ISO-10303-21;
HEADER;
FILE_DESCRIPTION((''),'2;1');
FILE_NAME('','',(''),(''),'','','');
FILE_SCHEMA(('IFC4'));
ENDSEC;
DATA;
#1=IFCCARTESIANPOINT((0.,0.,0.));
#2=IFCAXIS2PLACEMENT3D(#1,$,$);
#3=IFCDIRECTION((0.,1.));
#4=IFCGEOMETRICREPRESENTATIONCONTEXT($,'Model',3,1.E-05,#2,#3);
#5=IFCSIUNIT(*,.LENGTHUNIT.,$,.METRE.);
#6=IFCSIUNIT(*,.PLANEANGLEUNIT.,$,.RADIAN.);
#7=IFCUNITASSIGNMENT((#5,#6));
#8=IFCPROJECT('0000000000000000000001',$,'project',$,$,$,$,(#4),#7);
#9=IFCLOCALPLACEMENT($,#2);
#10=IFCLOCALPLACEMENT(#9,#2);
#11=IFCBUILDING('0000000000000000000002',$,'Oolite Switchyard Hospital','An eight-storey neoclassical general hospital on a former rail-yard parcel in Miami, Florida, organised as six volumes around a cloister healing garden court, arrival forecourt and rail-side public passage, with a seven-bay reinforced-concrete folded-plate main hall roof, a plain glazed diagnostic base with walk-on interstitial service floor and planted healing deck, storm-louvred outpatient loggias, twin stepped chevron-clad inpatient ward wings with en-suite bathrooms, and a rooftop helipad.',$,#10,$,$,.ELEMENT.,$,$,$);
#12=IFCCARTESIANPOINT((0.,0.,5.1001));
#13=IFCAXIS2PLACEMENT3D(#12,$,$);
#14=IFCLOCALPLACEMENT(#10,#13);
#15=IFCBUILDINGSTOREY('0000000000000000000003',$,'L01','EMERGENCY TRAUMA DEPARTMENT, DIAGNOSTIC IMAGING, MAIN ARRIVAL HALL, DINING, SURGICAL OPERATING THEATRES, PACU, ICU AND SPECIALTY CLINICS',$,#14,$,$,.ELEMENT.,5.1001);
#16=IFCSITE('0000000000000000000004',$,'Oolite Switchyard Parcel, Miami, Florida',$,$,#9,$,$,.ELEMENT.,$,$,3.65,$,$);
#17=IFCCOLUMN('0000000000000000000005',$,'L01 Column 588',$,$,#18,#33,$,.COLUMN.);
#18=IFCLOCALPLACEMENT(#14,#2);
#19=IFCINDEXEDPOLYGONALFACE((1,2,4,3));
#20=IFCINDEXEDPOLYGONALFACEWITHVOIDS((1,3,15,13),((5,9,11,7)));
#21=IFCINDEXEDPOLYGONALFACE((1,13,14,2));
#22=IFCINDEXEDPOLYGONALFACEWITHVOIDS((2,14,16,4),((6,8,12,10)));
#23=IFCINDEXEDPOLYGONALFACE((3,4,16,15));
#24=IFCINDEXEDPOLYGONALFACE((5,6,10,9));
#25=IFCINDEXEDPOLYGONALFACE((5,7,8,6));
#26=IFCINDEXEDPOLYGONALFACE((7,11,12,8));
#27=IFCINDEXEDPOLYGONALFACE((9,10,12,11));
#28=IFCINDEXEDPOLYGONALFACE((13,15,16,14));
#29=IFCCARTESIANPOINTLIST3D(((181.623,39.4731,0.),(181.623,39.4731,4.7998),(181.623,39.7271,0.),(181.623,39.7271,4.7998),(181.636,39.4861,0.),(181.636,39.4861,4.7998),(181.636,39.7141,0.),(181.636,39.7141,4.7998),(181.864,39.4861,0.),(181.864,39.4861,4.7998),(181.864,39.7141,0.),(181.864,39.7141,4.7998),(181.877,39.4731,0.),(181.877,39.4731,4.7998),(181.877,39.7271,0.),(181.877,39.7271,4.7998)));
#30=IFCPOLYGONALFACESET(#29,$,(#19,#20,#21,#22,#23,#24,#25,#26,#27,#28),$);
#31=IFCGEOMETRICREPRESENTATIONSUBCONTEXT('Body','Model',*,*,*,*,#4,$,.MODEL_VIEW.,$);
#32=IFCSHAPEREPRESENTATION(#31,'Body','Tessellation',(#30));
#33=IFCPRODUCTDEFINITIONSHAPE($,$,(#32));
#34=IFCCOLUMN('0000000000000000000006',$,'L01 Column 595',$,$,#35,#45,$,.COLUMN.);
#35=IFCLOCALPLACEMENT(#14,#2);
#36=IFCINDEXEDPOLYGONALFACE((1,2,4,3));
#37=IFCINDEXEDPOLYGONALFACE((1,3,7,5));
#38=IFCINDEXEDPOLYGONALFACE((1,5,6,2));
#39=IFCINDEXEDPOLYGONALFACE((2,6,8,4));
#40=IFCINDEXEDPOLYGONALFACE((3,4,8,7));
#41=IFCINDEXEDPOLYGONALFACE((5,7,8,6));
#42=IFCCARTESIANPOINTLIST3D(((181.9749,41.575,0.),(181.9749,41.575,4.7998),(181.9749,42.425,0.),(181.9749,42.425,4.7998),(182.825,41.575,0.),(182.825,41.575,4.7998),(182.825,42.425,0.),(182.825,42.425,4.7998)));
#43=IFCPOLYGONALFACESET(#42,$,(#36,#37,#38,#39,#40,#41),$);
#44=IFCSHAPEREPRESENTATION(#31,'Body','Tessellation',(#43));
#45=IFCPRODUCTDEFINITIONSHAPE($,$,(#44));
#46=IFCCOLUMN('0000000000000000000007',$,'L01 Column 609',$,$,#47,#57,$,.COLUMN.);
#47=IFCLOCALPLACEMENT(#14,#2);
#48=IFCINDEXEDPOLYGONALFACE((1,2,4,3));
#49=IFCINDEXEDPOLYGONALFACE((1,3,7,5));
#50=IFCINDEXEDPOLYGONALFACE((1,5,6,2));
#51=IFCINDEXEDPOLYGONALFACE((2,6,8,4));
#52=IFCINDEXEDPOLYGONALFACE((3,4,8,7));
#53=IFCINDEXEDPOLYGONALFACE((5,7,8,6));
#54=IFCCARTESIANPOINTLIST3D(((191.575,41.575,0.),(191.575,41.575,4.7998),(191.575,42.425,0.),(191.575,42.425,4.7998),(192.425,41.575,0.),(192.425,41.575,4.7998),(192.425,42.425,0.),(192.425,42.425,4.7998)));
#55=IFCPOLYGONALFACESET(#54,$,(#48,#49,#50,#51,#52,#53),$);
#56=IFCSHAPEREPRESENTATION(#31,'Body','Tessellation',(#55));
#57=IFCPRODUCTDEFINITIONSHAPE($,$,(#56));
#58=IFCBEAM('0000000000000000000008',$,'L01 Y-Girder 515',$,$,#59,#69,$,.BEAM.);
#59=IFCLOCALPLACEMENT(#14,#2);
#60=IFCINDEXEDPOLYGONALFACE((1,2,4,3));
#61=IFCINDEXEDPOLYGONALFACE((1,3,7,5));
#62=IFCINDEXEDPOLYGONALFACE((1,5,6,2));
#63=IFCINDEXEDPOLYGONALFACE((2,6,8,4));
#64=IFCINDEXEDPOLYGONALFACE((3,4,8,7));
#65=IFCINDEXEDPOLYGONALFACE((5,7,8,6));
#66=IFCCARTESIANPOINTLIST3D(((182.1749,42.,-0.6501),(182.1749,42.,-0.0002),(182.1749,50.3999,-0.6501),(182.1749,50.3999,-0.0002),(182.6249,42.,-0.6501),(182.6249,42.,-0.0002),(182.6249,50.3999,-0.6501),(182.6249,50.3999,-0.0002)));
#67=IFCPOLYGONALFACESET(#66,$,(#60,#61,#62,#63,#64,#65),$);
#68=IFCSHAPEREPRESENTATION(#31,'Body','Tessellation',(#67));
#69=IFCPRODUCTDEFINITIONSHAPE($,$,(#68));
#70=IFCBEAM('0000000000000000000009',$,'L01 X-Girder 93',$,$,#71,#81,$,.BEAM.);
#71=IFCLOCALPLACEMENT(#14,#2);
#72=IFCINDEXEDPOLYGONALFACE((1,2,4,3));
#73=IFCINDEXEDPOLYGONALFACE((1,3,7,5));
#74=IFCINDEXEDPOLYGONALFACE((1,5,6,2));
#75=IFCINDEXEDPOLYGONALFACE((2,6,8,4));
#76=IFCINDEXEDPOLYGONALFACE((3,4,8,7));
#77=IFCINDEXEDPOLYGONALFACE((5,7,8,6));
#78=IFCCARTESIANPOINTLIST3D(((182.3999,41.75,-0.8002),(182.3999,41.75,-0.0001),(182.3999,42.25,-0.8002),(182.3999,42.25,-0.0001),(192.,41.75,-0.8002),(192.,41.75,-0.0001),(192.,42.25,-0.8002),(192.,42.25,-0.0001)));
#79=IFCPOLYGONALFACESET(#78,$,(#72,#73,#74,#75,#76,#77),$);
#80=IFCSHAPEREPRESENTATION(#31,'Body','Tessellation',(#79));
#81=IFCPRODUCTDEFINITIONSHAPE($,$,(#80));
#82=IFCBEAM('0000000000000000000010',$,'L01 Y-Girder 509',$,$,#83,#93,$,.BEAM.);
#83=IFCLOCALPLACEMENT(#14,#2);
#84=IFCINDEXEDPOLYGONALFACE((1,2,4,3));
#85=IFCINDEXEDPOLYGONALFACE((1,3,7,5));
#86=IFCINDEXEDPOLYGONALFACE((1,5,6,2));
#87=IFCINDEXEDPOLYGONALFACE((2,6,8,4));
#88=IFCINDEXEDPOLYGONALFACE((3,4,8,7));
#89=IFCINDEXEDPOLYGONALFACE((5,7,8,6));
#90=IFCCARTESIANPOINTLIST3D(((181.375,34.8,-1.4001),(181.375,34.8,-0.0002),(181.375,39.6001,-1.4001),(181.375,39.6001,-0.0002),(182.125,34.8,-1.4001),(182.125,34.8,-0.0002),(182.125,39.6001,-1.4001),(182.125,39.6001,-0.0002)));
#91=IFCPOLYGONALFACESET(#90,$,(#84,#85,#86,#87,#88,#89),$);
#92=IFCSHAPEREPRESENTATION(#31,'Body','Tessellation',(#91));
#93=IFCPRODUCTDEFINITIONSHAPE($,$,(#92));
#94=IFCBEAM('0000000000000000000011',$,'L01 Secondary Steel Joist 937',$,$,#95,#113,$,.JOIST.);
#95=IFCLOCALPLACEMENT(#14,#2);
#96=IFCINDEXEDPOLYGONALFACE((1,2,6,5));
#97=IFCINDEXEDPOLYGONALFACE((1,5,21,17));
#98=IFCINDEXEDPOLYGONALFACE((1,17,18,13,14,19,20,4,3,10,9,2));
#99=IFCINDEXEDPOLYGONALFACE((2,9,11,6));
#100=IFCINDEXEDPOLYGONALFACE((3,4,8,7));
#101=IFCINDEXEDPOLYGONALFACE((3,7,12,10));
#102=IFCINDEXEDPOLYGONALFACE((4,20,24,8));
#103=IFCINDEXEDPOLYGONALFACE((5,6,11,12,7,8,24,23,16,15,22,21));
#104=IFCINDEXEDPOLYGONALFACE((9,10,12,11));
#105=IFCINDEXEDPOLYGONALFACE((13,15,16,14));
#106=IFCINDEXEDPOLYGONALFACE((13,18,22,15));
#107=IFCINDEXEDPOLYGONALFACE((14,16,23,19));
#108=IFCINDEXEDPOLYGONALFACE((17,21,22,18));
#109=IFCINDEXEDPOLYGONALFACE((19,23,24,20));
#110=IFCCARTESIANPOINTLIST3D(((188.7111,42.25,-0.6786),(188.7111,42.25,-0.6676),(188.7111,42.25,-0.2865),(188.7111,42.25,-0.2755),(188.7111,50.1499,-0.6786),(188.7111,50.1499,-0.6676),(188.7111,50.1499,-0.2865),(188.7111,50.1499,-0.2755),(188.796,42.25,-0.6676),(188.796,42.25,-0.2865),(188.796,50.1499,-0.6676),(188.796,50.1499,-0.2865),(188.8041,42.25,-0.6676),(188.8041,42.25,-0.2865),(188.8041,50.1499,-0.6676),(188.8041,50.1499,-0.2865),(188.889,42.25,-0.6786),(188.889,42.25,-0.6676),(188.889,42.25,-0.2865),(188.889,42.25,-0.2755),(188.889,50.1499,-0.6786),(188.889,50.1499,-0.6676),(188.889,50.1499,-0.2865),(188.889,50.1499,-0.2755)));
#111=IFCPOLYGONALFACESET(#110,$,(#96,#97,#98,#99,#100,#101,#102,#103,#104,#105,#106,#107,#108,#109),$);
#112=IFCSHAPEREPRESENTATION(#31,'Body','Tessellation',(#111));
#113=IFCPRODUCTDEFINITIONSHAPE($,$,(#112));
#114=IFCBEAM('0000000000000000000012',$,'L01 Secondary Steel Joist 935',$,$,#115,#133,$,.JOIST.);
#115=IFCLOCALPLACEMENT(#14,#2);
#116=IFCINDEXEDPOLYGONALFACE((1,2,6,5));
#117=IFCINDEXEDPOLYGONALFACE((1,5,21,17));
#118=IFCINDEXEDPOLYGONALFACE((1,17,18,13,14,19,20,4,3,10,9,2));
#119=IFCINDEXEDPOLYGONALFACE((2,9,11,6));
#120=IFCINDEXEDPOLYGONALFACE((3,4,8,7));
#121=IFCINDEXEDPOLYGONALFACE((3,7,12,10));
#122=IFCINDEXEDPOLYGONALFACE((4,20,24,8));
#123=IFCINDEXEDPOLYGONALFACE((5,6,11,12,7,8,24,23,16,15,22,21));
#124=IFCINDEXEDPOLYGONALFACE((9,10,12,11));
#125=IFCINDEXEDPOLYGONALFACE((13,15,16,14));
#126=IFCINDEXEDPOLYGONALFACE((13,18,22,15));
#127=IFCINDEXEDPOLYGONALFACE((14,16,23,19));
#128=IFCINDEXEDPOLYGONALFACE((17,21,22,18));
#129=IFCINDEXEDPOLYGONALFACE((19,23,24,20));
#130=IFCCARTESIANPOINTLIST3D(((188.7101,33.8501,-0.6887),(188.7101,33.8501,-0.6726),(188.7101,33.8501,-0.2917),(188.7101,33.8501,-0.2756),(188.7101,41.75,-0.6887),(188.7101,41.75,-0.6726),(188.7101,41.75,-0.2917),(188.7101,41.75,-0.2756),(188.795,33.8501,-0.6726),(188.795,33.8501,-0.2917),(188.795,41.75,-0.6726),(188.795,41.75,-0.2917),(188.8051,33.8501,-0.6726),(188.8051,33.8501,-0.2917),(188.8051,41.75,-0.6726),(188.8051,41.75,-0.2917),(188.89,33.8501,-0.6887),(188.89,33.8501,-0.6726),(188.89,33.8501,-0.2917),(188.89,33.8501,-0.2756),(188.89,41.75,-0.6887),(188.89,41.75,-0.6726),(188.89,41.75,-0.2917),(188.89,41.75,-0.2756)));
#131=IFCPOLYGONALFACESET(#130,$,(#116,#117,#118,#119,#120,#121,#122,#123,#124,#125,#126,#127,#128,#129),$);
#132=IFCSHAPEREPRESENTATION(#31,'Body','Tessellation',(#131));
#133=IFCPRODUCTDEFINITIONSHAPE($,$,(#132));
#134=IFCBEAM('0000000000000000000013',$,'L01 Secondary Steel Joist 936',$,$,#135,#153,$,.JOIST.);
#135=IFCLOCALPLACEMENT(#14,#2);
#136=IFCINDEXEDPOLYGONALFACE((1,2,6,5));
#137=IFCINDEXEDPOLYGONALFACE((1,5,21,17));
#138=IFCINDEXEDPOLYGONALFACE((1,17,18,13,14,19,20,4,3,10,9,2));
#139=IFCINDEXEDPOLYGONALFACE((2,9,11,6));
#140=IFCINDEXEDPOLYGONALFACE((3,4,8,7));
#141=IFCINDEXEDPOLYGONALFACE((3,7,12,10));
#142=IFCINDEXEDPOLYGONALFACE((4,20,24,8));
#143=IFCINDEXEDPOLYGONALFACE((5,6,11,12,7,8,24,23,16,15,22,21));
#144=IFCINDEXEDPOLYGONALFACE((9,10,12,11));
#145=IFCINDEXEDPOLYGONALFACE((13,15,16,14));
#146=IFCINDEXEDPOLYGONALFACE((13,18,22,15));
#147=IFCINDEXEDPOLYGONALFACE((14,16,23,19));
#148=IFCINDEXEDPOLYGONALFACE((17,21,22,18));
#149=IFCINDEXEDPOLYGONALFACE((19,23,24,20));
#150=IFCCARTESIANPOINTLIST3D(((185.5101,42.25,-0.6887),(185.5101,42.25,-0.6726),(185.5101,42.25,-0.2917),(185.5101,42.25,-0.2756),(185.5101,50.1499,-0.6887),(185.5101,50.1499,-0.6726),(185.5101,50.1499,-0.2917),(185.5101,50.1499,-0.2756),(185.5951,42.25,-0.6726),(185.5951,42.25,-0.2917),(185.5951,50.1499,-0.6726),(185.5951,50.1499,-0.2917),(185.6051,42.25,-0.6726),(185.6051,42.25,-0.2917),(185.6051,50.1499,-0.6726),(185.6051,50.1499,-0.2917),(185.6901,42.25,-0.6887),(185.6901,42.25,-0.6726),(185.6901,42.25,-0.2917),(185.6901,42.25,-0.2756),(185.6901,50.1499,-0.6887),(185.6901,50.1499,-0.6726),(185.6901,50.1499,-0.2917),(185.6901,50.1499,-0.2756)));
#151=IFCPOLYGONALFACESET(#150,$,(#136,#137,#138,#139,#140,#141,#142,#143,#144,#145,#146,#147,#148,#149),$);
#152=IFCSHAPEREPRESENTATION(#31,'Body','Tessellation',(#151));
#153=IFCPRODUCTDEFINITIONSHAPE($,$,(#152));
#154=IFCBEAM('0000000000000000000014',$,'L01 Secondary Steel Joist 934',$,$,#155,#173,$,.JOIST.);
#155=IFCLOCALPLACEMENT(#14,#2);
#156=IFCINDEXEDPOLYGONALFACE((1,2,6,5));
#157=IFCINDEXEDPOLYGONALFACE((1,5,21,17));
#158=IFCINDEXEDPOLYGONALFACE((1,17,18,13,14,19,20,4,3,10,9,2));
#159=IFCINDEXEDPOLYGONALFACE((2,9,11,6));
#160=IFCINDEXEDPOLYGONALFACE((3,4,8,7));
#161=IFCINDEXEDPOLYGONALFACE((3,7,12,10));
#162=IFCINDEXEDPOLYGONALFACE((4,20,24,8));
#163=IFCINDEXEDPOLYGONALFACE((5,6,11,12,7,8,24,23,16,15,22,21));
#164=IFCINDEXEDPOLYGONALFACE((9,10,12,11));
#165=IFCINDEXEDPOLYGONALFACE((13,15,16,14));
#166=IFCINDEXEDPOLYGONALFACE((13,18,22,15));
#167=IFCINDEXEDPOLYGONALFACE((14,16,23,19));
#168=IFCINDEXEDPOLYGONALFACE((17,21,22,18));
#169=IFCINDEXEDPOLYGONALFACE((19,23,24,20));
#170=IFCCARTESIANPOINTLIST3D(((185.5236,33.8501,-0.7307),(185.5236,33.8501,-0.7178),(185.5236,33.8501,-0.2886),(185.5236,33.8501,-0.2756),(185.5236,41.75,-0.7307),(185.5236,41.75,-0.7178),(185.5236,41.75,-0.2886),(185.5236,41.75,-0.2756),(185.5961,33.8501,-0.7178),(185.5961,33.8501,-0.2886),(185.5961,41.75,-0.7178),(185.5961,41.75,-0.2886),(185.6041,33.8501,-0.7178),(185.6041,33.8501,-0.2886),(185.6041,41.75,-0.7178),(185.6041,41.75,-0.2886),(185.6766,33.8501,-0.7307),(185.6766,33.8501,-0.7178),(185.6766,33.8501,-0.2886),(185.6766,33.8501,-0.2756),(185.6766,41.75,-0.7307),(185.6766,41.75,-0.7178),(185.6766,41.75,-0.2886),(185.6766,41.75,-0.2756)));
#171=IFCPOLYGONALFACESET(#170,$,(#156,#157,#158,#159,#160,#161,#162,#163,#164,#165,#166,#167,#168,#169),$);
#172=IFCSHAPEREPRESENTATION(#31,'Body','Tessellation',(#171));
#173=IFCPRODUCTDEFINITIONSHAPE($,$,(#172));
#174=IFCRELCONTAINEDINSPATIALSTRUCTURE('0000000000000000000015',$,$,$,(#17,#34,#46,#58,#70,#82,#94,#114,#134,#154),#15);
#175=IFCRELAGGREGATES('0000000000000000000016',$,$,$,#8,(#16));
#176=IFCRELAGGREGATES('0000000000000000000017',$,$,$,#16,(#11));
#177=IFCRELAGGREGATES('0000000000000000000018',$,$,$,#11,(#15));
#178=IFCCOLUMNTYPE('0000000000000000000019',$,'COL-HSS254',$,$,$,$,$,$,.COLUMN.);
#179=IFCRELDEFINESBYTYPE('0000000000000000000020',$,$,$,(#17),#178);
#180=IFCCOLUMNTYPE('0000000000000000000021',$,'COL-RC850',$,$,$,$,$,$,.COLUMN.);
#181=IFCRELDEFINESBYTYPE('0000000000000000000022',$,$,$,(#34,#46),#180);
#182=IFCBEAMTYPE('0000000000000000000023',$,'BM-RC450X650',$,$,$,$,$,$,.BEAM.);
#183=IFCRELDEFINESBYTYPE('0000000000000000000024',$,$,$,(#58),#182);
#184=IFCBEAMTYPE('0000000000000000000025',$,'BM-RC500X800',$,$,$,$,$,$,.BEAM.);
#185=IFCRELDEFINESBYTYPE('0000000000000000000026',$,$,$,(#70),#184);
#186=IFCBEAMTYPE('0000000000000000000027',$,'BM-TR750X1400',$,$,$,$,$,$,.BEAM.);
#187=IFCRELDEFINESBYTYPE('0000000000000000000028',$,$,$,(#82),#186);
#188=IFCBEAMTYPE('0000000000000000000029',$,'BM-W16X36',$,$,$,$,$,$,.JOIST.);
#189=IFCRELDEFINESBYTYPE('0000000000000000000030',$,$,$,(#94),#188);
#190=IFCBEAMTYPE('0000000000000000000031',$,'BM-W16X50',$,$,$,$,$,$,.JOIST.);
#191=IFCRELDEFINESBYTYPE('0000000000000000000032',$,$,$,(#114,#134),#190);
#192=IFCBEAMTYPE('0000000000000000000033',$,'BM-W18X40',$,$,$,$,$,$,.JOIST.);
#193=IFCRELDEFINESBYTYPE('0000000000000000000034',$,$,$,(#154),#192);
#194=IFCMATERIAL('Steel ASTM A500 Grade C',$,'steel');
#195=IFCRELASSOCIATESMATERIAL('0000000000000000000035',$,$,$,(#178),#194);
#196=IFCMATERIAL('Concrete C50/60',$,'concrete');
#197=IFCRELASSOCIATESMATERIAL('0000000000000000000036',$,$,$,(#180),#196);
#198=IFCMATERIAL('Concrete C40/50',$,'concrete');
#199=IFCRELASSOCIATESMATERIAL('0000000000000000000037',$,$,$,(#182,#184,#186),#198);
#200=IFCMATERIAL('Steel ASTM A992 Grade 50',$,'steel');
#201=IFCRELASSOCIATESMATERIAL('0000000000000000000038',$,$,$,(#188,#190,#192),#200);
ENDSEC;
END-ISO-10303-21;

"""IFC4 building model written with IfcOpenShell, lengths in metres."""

from ifc_helpers import new_model, si_unit, direction, frame, origin, origin_2d, place, context, subcontext, project, spatial, rectangle, hollow_rectangle, i_section, extrude, material, material_profile, profile_set, type_object, element, save


model = new_model("IFC4")

# Units and contexts
model_context = context("Model", 3, precision=1e-05, world=origin(), true_north=direction((0.0, 1.0)))
body_context = subcontext(model_context, "Body", "Model", "MODEL_VIEW")
ifc_project = project(units=[si_unit("LENGTHUNIT", "METRE"), si_unit("PLANEANGLEUNIT", "RADIAN")], contexts=[model_context])

# Site, building, storey
site_placement = place(None, origin())
site = spatial("IfcSite", under=ifc_project, at=site_placement, Name="Oolite Switchyard Parcel, Miami, Florida", CompositionType="ELEMENT", RefElevation=3.65)
building_placement = place(site_placement, origin())
building = spatial("IfcBuilding", under=site, at=building_placement, Name="Oolite Switchyard Hospital", Description="An eight-storey neoclassical general hospital on a former rail-yard parcel in Miami, Florida, organised as six volumes around a cloister healing garden court, arrival forecourt and rail-side public passage, with a seven-bay reinforced-concrete folded-plate main hall roof, a plain glazed diagnostic base with walk-on interstitial service floor and planted healing deck, storm-louvred outpatient loggias, twin stepped chevron-clad inpatient ward wings with en-suite bathrooms, and a rooftop helipad.", CompositionType="ELEMENT")
storey_placement = place(building_placement, frame((0.0, 0.0, 5.1001)))
storey = spatial("IfcBuildingStorey", under=building, at=storey_placement, Name="L01", Description="EMERGENCY TRAUMA DEPARTMENT, DIAGNOSTIC IMAGING, MAIN ARRIVAL HALL, DINING, SURGICAL OPERATING THEATRES, PACU, ICU AND SPECIALTY CLINICS", CompositionType="ELEMENT", Elevation=5.1001)

# Columns
ifc_material_1 = material(Name="Steel ASTM A500 Grade C", Category="steel")
ifc_material_profile_1 = material_profile(ifc_material_1, hollow_rectangle(XDim=0.2539, YDim=0.2539, WallThickness=0.0129, at=origin_2d()), Name="HSS254X254X13")
ifc_profile_set_1 = profile_set([ifc_material_profile_1], Name="Steel ASTM A500 Grade C")
column_type_1 = type_object("IfcColumnType", Name="COL-HSS254", PredefinedType="COLUMN", material=ifc_profile_set_1)
column_placement = place(storey_placement, frame((181.75, 39.6001, 0.0), z_axis=(0.0, 0.0, 1.0), x_axis=(1.0, 0.0, 0.0)))
element("IfcColumn", 1, at=column_placement, inside=storey, type_object=column_type_1, Name="L01 Column 588", PredefinedType="COLUMN", context=body_context, shape_type="SweptSolid", body=[
    extrude(hollow_rectangle(XDim=0.2539, YDim=0.2539, WallThickness=0.0129, at=origin_2d()), origin(), (0.0, 0.0, 1.0), 4.7998),
])
ifc_material_2 = material(Name="Concrete C50/60", Category="concrete")
ifc_material_profile_2 = material_profile(ifc_material_2, rectangle(XDim=0.8501, YDim=0.8501, at=origin_2d()), Name="RC850X850")
ifc_profile_set_2 = profile_set([ifc_material_profile_2], Name="Concrete C50/60")
column_type_2 = type_object("IfcColumnType", Name="COL-RC850", PredefinedType="COLUMN", material=ifc_profile_set_2)
for number, where, z_axis, x_axis, name in (
    (2, (182.3999, 42.0, 0.0), (0.0, 0.0, 1.0), (1.0, 0.0, 0.0), "L01 Column 595"),
    (3, (192.0, 42.0, 0.0), (0.0, 0.0, 1.0), (1.0, 0.0, 0.0), "L01 Column 609"),
):
    element("IfcColumn", number, at=place(storey_placement, frame(where, z_axis=z_axis, x_axis=x_axis)), inside=storey, type_object=column_type_2, Name=name, PredefinedType="COLUMN", context=body_context, shape_type="SweptSolid", body=[
        extrude(rectangle(XDim=0.8501, YDim=0.8501, at=origin_2d()), origin(), (0.0, 0.0, 1.0), 4.7998),
    ])

# Beams
ifc_material_3 = material(Name="Concrete C40/50", Category="concrete")
ifc_material_profile_3 = material_profile(ifc_material_3, rectangle(XDim=0.45, YDim=0.6499, at=origin_2d()), Name="RCB450X650")
ifc_profile_set_3 = profile_set([ifc_material_profile_3], Name="Concrete C40/50")
beam_type_1 = type_object("IfcBeamType", Name="BM-RC450X650", PredefinedType="BEAM", material=ifc_profile_set_3)
beam_1_placement = place(storey_placement, frame((182.3999, 42.0, -0.3252), z_axis=(0.0, 1.0, 0.0), x_axis=(-1.0, 0.0, 0.0)))
element("IfcBeam", 4, at=beam_1_placement, inside=storey, type_object=beam_type_1, Name="L01 Y-Girder 515", PredefinedType="BEAM", context=body_context, shape_type="SweptSolid", body=[
    extrude(rectangle(XDim=0.45, YDim=0.6499, at=origin_2d()), origin(), (0.0, 0.0, 1.0), 8.3999),
])
ifc_material_profile_4 = material_profile(ifc_material_3, rectangle(XDim=0.5, YDim=0.8, at=origin_2d()), Name="RCB500X800")
ifc_profile_set_4 = profile_set([ifc_material_profile_4], Name="Concrete C40/50")
beam_type_2 = type_object("IfcBeamType", Name="BM-RC500X800", PredefinedType="BEAM", material=ifc_profile_set_4)
beam_2_placement = place(storey_placement, frame((182.3999, 42.0, -0.4001), z_axis=(1.0, 0.0, 0.0), x_axis=(0.0, 1.0, 0.0)))
element("IfcBeam", 5, at=beam_2_placement, inside=storey, type_object=beam_type_2, Name="L01 X-Girder 93", PredefinedType="BEAM", context=body_context, shape_type="SweptSolid", body=[
    extrude(rectangle(XDim=0.5, YDim=0.8, at=origin_2d()), origin(), (0.0, 0.0, 1.0), 9.6001),
])
ifc_material_profile_5 = material_profile(ifc_material_3, rectangle(XDim=0.75, YDim=1.3999, at=origin_2d()), Name="RCT750X1400")
ifc_profile_set_5 = profile_set([ifc_material_profile_5], Name="Concrete C40/50")
beam_type_3 = type_object("IfcBeamType", Name="BM-TR750X1400", PredefinedType="BEAM", material=ifc_profile_set_5)
beam_3_placement = place(storey_placement, frame((181.75, 34.8, -0.7002), z_axis=(0.0, 1.0, 0.0), x_axis=(-1.0, 0.0, 0.0)))
element("IfcBeam", 6, at=beam_3_placement, inside=storey, type_object=beam_type_3, Name="L01 Y-Girder 509", PredefinedType="BEAM", context=body_context, shape_type="SweptSolid", body=[
    extrude(rectangle(XDim=0.75, YDim=1.3999, at=origin_2d()), origin(), (0.0, 0.0, 1.0), 4.8),
])
ifc_material_4 = material(Name="Steel ASTM A992 Grade 50", Category="steel")
ifc_material_profile_6 = material_profile(ifc_material_4, i_section(OverallWidth=0.178, OverallDepth=0.4031, WebThickness=0.0081, FlangeThickness=0.011, at=origin_2d()), Name="W16X36")
ifc_profile_set_6 = profile_set([ifc_material_profile_6], Name="Steel ASTM A992 Grade 50")
beam_type_4 = type_object("IfcBeamType", Name="BM-W16X36", PredefinedType="JOIST", material=ifc_profile_set_6)
beam_4_placement = place(storey_placement, frame((188.8, 42.25, -0.4771), z_axis=(0.0, 1.0, 0.0), x_axis=(-1.0, 0.0, 0.0)))
element("IfcBeam", 7, at=beam_4_placement, inside=storey, type_object=beam_type_4, Name="L01 Secondary Steel Joist 937", PredefinedType="JOIST", context=body_context, shape_type="SweptSolid", body=[
    extrude(i_section(OverallWidth=0.178, OverallDepth=0.4031, WebThickness=0.0081, FlangeThickness=0.011, at=origin_2d()), origin(), (0.0, 0.0, 1.0), 7.8999),
])
ifc_material_profile_7 = material_profile(ifc_material_4, i_section(OverallWidth=0.1799, OverallDepth=0.4131, WebThickness=0.01, FlangeThickness=0.0161, at=origin_2d()), Name="W16X50")
ifc_profile_set_7 = profile_set([ifc_material_profile_7], Name="Steel ASTM A992 Grade 50")
beam_type_5 = type_object("IfcBeamType", Name="BM-W16X50", PredefinedType="JOIST", material=ifc_profile_set_7)
for number, where, z_axis, x_axis, name in (
    (8, (188.8, 33.8501, -0.4822), (0.0, 1.0, 0.0), (-1.0, 0.0, 0.0), "L01 Secondary Steel Joist 935"),
    (9, (185.6001, 42.25, -0.4822), (0.0, 1.0, 0.0), (-1.0, 0.0, 0.0), "L01 Secondary Steel Joist 936"),
):
    element("IfcBeam", number, at=place(storey_placement, frame(where, z_axis=z_axis, x_axis=x_axis)), inside=storey, type_object=beam_type_5, Name=name, PredefinedType="JOIST", context=body_context, shape_type="SweptSolid", body=[
        extrude(i_section(OverallWidth=0.1799, OverallDepth=0.4131, WebThickness=0.01, FlangeThickness=0.0161, at=origin_2d()), origin(), (0.0, 0.0, 1.0), 7.8999),
    ])
ifc_material_profile_8 = material_profile(ifc_material_4, i_section(OverallWidth=0.1531, OverallDepth=0.4551, WebThickness=0.0081, FlangeThickness=0.0129, at=origin_2d()), Name="W18X40")
ifc_profile_set_8 = profile_set([ifc_material_profile_8], Name="Steel ASTM A992 Grade 50")
beam_type_6 = type_object("IfcBeamType", Name="BM-W18X40", PredefinedType="JOIST", material=ifc_profile_set_8)
beam_5_placement = place(storey_placement, frame((185.6001, 33.8501, -0.5032), z_axis=(0.0, 1.0, 0.0), x_axis=(-1.0, 0.0, 0.0)))
element("IfcBeam", 10, at=beam_5_placement, inside=storey, type_object=beam_type_6, Name="L01 Secondary Steel Joist 934", PredefinedType="JOIST", context=body_context, shape_type="SweptSolid", body=[
    extrude(i_section(OverallWidth=0.1531, OverallDepth=0.4551, WebThickness=0.0081, FlangeThickness=0.0129, at=origin_2d()), origin(), (0.0, 0.0, 1.0), 7.8999),
])

save(model, "model.ifc")
